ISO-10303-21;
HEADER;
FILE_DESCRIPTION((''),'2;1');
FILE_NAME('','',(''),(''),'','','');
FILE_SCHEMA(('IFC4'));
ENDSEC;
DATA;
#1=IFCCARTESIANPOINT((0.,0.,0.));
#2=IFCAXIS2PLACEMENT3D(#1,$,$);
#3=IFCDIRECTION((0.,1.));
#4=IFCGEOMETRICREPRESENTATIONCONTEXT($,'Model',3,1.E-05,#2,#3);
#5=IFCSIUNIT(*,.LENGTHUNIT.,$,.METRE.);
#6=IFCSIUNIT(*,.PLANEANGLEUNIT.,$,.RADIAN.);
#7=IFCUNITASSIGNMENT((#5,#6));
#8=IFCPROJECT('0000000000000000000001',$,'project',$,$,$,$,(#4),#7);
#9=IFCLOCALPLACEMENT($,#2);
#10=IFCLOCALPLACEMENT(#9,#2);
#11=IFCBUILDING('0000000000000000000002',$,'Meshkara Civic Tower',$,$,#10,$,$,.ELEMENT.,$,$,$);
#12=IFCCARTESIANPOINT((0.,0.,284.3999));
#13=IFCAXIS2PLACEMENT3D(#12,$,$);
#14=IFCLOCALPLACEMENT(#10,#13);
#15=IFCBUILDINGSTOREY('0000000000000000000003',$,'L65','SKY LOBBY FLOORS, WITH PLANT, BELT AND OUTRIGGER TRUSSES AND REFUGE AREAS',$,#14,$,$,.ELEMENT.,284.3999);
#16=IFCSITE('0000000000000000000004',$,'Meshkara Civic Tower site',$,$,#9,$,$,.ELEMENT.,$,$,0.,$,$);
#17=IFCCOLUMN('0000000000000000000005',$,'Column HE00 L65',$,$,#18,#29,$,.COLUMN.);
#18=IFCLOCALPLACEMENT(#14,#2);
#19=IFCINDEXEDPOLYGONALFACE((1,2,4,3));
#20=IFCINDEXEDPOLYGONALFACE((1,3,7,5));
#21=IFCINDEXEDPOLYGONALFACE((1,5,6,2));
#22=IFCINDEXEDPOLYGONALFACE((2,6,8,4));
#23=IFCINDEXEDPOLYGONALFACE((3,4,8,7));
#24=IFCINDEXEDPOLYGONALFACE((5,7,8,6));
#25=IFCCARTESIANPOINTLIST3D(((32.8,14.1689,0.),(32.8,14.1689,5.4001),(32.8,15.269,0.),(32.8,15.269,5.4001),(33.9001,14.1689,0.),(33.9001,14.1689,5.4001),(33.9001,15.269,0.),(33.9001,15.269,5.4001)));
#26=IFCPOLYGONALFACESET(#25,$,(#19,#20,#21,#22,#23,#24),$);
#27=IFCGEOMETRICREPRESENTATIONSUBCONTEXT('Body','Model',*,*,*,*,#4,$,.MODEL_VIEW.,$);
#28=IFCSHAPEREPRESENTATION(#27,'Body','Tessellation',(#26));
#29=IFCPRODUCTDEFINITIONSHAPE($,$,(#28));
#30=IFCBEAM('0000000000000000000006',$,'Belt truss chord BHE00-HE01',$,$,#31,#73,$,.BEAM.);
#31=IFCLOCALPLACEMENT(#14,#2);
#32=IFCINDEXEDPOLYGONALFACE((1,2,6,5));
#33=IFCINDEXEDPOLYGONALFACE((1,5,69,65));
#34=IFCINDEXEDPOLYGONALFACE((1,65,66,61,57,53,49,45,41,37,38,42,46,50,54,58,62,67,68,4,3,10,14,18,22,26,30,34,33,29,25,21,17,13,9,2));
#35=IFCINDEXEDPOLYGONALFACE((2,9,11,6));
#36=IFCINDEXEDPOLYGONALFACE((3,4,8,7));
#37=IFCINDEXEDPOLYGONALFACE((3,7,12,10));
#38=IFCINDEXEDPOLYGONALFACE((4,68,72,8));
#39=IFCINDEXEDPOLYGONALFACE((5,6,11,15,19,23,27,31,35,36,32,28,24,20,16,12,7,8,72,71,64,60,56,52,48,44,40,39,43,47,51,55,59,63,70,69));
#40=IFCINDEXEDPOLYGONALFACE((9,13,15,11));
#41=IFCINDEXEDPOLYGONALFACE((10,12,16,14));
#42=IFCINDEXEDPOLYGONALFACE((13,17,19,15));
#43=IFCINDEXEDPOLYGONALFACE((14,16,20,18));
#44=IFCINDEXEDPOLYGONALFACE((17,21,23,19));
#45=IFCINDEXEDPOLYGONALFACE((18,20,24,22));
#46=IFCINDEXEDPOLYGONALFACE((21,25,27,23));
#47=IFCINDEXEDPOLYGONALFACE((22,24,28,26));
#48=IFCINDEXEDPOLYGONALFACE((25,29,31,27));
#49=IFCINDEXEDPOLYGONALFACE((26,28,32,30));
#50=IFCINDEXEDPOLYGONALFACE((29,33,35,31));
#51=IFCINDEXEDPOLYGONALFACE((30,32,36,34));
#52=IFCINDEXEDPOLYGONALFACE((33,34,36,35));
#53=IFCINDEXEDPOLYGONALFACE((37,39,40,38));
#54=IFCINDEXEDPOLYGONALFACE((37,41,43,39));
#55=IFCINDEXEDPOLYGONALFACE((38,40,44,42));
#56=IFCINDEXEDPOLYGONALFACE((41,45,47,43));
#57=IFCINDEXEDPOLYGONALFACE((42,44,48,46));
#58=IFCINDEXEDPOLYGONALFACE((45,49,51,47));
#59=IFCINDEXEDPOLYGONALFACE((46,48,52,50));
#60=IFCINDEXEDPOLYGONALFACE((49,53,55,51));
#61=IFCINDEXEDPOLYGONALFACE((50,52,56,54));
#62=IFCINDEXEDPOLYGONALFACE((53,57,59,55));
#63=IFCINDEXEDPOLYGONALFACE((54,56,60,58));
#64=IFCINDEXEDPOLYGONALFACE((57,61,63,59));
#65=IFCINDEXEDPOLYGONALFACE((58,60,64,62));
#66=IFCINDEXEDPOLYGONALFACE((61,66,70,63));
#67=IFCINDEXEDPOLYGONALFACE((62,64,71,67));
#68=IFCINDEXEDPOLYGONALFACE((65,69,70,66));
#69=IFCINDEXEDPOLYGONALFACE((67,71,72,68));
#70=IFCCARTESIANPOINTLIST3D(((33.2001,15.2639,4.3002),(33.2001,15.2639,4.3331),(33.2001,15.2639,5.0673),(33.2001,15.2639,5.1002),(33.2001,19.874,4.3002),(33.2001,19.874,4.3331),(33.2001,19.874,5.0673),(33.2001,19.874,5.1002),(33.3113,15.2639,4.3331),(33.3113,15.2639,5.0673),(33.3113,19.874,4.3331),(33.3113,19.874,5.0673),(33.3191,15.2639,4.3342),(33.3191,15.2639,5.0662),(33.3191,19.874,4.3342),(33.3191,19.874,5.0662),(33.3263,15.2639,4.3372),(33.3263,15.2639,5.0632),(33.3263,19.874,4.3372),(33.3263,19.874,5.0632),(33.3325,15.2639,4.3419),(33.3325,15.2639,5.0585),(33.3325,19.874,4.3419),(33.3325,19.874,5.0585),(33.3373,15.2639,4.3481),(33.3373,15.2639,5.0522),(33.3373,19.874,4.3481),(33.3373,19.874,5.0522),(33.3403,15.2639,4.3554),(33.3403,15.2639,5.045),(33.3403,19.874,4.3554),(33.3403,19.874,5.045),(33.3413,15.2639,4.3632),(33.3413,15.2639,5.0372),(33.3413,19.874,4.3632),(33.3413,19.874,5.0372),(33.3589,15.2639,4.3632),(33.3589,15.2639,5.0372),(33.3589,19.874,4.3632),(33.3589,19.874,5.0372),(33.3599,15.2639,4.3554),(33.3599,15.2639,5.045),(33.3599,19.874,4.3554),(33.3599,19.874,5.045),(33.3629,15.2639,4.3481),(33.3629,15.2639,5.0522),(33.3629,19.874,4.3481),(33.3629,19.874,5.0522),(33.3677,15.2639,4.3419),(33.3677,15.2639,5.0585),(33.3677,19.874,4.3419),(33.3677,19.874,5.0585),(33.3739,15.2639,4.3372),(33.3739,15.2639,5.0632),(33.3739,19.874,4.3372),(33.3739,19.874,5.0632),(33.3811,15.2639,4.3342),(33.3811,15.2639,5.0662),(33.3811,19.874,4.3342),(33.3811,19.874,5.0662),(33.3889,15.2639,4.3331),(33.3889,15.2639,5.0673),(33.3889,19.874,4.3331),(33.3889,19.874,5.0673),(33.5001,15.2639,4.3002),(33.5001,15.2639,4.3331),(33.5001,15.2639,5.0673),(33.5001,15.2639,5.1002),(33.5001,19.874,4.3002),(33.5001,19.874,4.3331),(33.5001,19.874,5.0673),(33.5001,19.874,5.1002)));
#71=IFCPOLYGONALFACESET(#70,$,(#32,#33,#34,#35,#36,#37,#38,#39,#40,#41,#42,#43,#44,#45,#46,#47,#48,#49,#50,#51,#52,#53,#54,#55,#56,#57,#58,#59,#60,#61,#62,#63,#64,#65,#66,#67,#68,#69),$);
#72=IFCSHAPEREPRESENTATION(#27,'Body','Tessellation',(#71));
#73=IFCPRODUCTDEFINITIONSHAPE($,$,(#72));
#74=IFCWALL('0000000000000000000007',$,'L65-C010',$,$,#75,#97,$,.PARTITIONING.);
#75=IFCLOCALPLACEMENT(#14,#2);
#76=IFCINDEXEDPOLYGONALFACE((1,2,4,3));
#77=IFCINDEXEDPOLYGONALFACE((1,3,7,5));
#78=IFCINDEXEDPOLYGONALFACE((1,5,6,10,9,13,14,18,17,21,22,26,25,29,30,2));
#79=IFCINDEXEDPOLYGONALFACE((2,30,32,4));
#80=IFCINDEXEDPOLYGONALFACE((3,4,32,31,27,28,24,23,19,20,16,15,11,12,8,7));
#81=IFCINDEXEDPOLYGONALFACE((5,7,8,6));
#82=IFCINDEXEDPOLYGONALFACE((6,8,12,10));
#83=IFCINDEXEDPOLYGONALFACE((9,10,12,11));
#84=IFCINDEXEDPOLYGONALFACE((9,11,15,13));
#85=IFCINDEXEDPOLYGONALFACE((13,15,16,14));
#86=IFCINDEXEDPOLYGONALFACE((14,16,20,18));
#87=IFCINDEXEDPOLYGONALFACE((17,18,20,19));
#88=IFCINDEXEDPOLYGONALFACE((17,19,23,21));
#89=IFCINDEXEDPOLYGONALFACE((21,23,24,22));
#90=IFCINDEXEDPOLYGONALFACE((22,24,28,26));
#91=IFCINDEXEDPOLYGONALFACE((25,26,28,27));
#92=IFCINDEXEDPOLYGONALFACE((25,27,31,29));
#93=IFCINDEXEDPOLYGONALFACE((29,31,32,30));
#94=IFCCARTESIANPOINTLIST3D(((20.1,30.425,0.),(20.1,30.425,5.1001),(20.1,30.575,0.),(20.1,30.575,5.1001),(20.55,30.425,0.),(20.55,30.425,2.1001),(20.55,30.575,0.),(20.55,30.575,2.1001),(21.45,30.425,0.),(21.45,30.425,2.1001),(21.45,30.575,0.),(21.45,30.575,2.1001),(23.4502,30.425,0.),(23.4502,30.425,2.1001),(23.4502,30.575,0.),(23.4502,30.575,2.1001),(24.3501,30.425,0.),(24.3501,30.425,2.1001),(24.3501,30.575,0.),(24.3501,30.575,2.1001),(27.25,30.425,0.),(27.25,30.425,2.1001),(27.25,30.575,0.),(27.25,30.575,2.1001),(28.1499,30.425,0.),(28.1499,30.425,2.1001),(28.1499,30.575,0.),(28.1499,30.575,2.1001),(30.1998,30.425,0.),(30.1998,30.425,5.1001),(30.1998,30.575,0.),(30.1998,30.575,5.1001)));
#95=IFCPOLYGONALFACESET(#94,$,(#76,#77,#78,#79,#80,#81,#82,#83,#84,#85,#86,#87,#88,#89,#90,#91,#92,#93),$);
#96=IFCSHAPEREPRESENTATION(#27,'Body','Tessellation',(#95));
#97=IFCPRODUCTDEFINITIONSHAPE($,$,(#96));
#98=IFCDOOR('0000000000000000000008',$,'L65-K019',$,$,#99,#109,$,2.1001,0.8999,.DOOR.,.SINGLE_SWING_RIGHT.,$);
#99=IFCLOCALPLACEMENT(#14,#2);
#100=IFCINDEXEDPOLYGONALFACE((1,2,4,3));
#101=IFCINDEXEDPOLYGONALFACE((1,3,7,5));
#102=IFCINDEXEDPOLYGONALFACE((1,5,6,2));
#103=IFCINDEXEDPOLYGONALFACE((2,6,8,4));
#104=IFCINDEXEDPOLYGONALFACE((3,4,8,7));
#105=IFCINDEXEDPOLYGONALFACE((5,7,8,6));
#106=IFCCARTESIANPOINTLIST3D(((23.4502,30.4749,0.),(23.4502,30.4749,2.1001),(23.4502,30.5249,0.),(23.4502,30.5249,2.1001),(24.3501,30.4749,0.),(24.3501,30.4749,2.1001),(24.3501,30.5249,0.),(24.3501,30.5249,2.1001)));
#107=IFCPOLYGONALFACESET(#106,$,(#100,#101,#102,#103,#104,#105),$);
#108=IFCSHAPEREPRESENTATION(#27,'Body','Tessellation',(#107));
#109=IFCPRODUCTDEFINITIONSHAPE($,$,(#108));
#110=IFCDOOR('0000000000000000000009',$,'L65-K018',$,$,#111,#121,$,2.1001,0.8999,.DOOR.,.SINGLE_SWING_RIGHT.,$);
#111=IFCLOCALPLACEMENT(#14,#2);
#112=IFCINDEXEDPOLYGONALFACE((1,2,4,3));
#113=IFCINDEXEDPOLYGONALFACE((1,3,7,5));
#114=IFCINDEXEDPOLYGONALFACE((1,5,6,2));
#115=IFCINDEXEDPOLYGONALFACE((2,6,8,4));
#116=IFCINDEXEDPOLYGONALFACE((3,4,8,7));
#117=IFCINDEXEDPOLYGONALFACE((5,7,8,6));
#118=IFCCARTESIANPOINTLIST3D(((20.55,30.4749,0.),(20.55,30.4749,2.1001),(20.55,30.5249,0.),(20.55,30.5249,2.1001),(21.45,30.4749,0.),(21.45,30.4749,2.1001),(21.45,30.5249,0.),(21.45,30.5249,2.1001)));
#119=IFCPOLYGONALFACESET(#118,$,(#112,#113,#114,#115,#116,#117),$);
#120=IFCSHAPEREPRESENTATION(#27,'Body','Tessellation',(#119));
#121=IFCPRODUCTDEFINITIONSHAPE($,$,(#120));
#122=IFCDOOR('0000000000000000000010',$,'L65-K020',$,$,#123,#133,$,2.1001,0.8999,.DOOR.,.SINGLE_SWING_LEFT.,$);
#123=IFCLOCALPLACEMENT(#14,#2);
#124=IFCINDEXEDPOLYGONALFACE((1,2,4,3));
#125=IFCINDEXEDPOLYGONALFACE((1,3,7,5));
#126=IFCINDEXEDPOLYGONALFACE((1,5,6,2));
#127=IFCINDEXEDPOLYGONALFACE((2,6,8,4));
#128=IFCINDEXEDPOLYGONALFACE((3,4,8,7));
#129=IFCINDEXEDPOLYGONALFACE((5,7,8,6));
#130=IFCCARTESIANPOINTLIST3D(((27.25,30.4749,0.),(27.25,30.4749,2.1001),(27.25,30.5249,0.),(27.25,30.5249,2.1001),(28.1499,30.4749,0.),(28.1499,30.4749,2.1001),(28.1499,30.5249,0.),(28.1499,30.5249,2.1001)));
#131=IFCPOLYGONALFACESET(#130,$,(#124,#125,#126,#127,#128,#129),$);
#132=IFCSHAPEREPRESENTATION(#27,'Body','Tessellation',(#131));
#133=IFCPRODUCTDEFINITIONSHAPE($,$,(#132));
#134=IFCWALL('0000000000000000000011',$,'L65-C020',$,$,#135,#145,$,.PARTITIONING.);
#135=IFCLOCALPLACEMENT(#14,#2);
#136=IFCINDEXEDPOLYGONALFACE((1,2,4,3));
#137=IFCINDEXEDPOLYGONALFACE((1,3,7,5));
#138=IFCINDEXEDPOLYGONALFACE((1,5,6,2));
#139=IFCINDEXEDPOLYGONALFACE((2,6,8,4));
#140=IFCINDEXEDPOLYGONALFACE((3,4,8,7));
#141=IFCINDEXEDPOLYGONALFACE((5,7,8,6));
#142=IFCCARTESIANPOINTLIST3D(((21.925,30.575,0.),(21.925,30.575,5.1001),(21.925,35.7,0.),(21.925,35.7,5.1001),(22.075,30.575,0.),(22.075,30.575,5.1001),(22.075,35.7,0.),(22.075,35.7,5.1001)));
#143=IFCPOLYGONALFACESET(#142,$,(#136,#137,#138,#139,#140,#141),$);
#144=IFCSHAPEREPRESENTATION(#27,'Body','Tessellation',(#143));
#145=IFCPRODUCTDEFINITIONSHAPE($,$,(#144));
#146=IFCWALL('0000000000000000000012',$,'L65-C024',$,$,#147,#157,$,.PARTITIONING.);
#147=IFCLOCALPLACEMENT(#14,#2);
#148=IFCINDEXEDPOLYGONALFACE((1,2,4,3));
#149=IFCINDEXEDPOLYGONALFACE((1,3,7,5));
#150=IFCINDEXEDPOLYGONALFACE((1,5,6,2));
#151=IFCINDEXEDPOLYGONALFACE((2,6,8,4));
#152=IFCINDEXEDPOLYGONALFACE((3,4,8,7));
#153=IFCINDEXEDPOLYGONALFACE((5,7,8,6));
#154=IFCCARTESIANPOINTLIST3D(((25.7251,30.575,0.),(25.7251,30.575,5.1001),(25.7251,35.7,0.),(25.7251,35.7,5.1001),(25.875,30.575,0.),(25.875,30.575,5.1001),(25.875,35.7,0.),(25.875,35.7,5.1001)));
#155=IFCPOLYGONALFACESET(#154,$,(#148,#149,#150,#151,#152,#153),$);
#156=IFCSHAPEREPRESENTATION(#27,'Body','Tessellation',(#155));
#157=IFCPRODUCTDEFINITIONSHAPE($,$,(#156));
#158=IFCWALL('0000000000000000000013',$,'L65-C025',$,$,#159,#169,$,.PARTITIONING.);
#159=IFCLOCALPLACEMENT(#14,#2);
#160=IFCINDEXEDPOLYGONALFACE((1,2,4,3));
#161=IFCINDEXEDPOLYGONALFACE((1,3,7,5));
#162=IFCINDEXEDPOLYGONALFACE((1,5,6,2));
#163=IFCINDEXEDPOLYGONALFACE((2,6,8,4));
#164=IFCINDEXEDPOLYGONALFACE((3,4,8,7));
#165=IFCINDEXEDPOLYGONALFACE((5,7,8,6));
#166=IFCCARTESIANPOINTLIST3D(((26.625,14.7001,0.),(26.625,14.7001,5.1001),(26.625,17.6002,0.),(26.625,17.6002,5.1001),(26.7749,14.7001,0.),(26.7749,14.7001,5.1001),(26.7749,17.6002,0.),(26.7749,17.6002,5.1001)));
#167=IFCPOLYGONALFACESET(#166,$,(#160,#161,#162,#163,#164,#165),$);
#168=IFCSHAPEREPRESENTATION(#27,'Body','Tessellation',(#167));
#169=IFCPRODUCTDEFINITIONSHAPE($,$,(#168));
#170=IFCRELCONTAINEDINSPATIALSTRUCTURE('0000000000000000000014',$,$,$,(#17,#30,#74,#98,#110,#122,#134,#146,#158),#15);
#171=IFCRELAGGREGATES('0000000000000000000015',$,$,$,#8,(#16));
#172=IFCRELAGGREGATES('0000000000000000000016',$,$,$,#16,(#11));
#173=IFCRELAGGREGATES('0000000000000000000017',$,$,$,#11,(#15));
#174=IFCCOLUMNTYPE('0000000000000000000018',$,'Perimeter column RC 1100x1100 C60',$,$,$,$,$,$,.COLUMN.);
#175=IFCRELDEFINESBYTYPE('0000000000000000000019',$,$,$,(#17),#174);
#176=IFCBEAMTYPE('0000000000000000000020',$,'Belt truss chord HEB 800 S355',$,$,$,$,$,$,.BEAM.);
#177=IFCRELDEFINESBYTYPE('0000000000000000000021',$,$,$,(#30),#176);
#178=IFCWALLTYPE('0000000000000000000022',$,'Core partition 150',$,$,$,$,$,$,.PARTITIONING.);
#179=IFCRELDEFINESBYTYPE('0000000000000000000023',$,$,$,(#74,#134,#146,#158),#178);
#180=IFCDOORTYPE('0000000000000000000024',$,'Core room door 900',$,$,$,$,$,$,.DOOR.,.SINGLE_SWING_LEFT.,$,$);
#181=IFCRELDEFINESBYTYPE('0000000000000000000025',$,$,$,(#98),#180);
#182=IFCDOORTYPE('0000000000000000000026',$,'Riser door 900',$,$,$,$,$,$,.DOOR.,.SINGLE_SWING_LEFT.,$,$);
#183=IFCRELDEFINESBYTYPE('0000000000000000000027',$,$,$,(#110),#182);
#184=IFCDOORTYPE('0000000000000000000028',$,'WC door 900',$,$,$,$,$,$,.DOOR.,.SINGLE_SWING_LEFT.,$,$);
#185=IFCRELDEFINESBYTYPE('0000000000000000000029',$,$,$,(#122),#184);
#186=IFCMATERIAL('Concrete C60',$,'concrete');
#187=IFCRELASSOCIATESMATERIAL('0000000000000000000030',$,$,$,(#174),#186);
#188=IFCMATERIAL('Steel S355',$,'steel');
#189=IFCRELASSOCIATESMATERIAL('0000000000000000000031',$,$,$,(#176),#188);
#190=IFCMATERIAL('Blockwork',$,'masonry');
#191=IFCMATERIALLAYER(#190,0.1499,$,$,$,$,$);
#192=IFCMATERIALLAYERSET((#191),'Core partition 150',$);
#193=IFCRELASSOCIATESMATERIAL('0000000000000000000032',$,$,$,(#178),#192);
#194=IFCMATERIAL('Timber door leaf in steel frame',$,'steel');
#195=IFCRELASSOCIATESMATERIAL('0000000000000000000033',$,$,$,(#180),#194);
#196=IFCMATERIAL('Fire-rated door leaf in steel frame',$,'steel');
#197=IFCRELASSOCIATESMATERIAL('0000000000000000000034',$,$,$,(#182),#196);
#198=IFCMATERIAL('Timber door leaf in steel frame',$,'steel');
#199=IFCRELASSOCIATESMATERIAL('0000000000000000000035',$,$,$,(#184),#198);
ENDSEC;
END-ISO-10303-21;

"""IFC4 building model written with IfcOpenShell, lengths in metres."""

from ifc_helpers import new_model, si_unit, direction, frame, frame_2d, origin, origin_2d, place, context, subcontext, project, spatial, rectangle, i_section, extrude, material, layer, layer_set, material_profile, profile_set, type_object, element, fill, save


model = new_model("IFC4")

# Units and contexts
model_context = context("Model", 3, precision=1e-05, world=origin(), true_north=direction((0.0, 1.0)))
body_context = subcontext(model_context, "Body", "Model", "MODEL_VIEW")
ifc_project = project(units=[si_unit("LENGTHUNIT", "METRE"), si_unit("PLANEANGLEUNIT", "RADIAN")], contexts=[model_context])

# Site, building, storey
site_placement = place(None, origin())
site = spatial("IfcSite", under=ifc_project, at=site_placement, Name="Meshkara Civic Tower site", CompositionType="ELEMENT", RefElevation=0.0)
building_placement = place(site_placement, origin())
building = spatial("IfcBuilding", under=site, at=building_placement, Name="Meshkara Civic Tower", CompositionType="ELEMENT")
storey_placement = place(building_placement, frame((0.0, 0.0, 284.3999)))
storey = spatial("IfcBuildingStorey", under=building, at=storey_placement, Name="L65", Description="SKY LOBBY FLOORS, WITH PLANT, BELT AND OUTRIGGER TRUSSES AND REFUGE AREAS", CompositionType="ELEMENT", Elevation=284.3999)

# Column
ifc_material_1 = material(Name="Concrete C60", Category="concrete")
ifc_material_profile_1 = material_profile(ifc_material_1, rectangle(XDim=1.1001, YDim=1.1001, at=origin_2d()))
ifc_profile_set_1 = profile_set([ifc_material_profile_1], Name="Concrete C60")
column_type = type_object("IfcColumnType", Name="Perimeter column RC 1100x1100 C60", PredefinedType="COLUMN", material=ifc_profile_set_1)
column_placement = place(storey_placement, frame((33.3501, 14.719, 0.0), z_axis=(0.0, 0.0, 1.0), x_axis=(1.0, 0.0, 0.0)))
element("IfcColumn", 1, at=column_placement, inside=storey, type_object=column_type, Name="Column HE00 L65", PredefinedType="COLUMN", context=body_context, shape_type="SweptSolid", body=[
    extrude(rectangle(XDim=1.1001, YDim=1.1001, at=origin_2d()), origin(), (0.0, 0.0, 1.0), 5.4001),
])

# Beam
ifc_material_2 = material(Name="Steel S355", Category="steel")
ifc_material_profile_2 = material_profile(ifc_material_2, i_section(OverallWidth=0.3, OverallDepth=0.8, WebThickness=0.0176, FlangeThickness=0.033, FilletRadius=0.03, at=origin_2d()))
ifc_profile_set_2 = profile_set([ifc_material_profile_2], Name="Steel S355")
beam_type = type_object("IfcBeamType", Name="Belt truss chord HEB 800 S355", PredefinedType="BEAM", material=ifc_profile_set_2)
beam_placement = place(storey_placement, frame((33.3501, 15.2639, 4.7002), z_axis=(0.0, 1.0, 0.0), x_axis=(-1.0, 0.0, 0.0)))
element("IfcBeam", 2, at=beam_placement, inside=storey, type_object=beam_type, Name="Belt truss chord BHE00-HE01", PredefinedType="BEAM", context=body_context, shape_type="SweptSolid", body=[
    extrude(i_section(OverallWidth=0.3, OverallDepth=0.8, WebThickness=0.0176, FlangeThickness=0.033, FilletRadius=0.03, at=origin_2d()), origin(), (0.0, 0.0, 1.0), 4.6101),
])

# Wall, openings, doors
ifc_material_3 = material(Name="Blockwork", Category="masonry")
ifc_layer_1 = layer(ifc_material_3, 0.1499)
ifc_layer_set_1 = layer_set([ifc_layer_1], Name="Core partition 150")
wall_type_1 = type_object("IfcWallType", Name="Core partition 150", PredefinedType="PARTITIONING", material=ifc_layer_set_1)
wall_1_placement = place(storey_placement, frame((20.1001, 30.5, 0.0), z_axis=(0.0, 0.0, 1.0), x_axis=(1.0, 0.0, 0.0)))
wall_1 = element("IfcWall", 3, at=wall_1_placement, inside=storey, type_object=wall_type_1, Name="L65-C010", PredefinedType="PARTITIONING", context=body_context, shape_type="SweptSolid", body=[
    extrude(rectangle(XDim=10.0999, YDim=0.1499, at=frame_2d((5.0498, 0.0))), origin(), (0.0, 0.0, 1.0), 5.1001),
])
opening_1_placement = place(wall_1_placement, frame((0.45, 0.0, 0.0)))
opening_1 = element("IfcOpeningElement", 4, at=opening_1_placement, cuts=wall_1, PredefinedType="OPENING", context=body_context, shape_type="SweptSolid", body=[
    extrude(rectangle(XDim=0.8999, YDim=2.1001, at=frame_2d((0.45, 1.05))), frame((0.0, 0.085, 0.0), z_axis=(0.0, -1.0, 0.0), x_axis=(1.0, 0.0, 0.0)), (0.0, 0.0, 1.0), 0.1699),
])
opening_2_placement = place(wall_1_placement, frame((3.3501, 0.0, 0.0)))
opening_2 = element("IfcOpeningElement", 5, at=opening_2_placement, cuts=wall_1, PredefinedType="OPENING", context=body_context, shape_type="SweptSolid", body=[
    extrude(rectangle(XDim=0.8999, YDim=2.1001, at=frame_2d((0.45, 1.05))), frame((0.0, 0.085, 0.0), z_axis=(0.0, -1.0, 0.0), x_axis=(1.0, 0.0, 0.0)), (0.0, 0.0, 1.0), 0.1699),
])
opening_3_placement = place(wall_1_placement, frame((7.1499, 0.0, 0.0)))
opening_3 = element("IfcOpeningElement", 6, at=opening_3_placement, cuts=wall_1, PredefinedType="OPENING", context=body_context, shape_type="SweptSolid", body=[
    extrude(rectangle(XDim=0.8999, YDim=2.1001, at=frame_2d((0.45, 1.05))), frame((0.0, 0.085, 0.0), z_axis=(0.0, -1.0, 0.0), x_axis=(1.0, 0.0, 0.0)), (0.0, 0.0, 1.0), 0.1699),
])
ifc_material_4 = material(Name="Timber door leaf in steel frame", Category="steel")
door_type_1 = type_object("IfcDoorType", Name="Core room door 900", OperationType="SINGLE_SWING_LEFT", PredefinedType="DOOR", material=ifc_material_4)
door_1_placement = place(opening_2_placement, origin())
door_1 = element("IfcDoor", 7, at=door_1_placement, inside=storey, type_object=door_type_1, Name="L65-K019", OperationType="SINGLE_SWING_RIGHT", OverallHeight=2.1001, OverallWidth=0.8999, PredefinedType="DOOR", context=body_context, shape_type="SweptSolid", body=[
    extrude(rectangle(XDim=0.8999, YDim=2.1001, at=frame_2d((0.45, 1.05))), frame((0.0, 0.0249, 0.0), z_axis=(0.0, -1.0, 0.0), x_axis=(1.0, 0.0, 0.0)), (0.0, 0.0, 1.0), 0.05),
])
fill(opening_2, door_1)
ifc_material_5 = material(Name="Fire-rated door leaf in steel frame", Category="steel")
door_type_2 = type_object("IfcDoorType", Name="Riser door 900", OperationType="SINGLE_SWING_LEFT", PredefinedType="DOOR", material=ifc_material_5)
door_2_placement = place(opening_1_placement, origin())
door_2 = element("IfcDoor", 8, at=door_2_placement, inside=storey, type_object=door_type_2, Name="L65-K018", OperationType="SINGLE_SWING_RIGHT", OverallHeight=2.1001, OverallWidth=0.8999, PredefinedType="DOOR", context=body_context, shape_type="SweptSolid", body=[
    extrude(rectangle(XDim=0.8999, YDim=2.1001, at=frame_2d((0.45, 1.05))), frame((0.0, 0.0249, 0.0), z_axis=(0.0, -1.0, 0.0), x_axis=(1.0, 0.0, 0.0)), (0.0, 0.0, 1.0), 0.05),
])
fill(opening_1, door_2)
ifc_material_6 = material(Name="Timber door leaf in steel frame", Category="steel")
door_type_3 = type_object("IfcDoorType", Name="WC door 900", OperationType="SINGLE_SWING_LEFT", PredefinedType="DOOR", material=ifc_material_6)
door_3_placement = place(opening_3_placement, origin())
door_3 = element("IfcDoor", 9, at=door_3_placement, inside=storey, type_object=door_type_3, Name="L65-K020", OperationType="SINGLE_SWING_LEFT", OverallHeight=2.1001, OverallWidth=0.8999, PredefinedType="DOOR", context=body_context, shape_type="SweptSolid", body=[
    extrude(rectangle(XDim=0.8999, YDim=2.1001, at=frame_2d((0.45, 1.05))), frame((0.0, 0.0249, 0.0), z_axis=(0.0, -1.0, 0.0), x_axis=(1.0, 0.0, 0.0)), (0.0, 0.0, 1.0), 0.05),
])
fill(opening_3, door_3)

# Walls
for number, where, z_axis, x_axis, name in (
    (10, (22.0, 30.575, 0.0), (0.0, 0.0, 1.0), (0.0, 1.0, 0.0), "L65-C020"),
    (11, (25.8, 30.575, 0.0), (0.0, 0.0, 1.0), (0.0, 1.0, 0.0), "L65-C024"),
):
    element("IfcWall", number, at=place(storey_placement, frame(where, z_axis=z_axis, x_axis=x_axis)), inside=storey, type_object=wall_type_1, Name=name, PredefinedType="PARTITIONING", context=body_context, shape_type="SweptSolid", body=[
        extrude(rectangle(XDim=5.125, YDim=0.1499, at=frame_2d((2.5625, 0.0))), origin(), (0.0, 0.0, 1.0), 5.1001),
    ])
wall_2_placement = place(storey_placement, frame((26.7, 14.7, 0.0), z_axis=(0.0, 0.0, 1.0), x_axis=(0.0, 1.0, 0.0)))
element("IfcWall", 12, at=wall_2_placement, inside=storey, type_object=wall_type_1, Name="L65-C025", PredefinedType="PARTITIONING", context=body_context, shape_type="SweptSolid", body=[
    extrude(rectangle(XDim=2.9001, YDim=0.1499, at=frame_2d((1.4502, 0.0))), origin(), (0.0, 0.0, 1.0), 5.1001),
])

save(model, "model.ifc")
